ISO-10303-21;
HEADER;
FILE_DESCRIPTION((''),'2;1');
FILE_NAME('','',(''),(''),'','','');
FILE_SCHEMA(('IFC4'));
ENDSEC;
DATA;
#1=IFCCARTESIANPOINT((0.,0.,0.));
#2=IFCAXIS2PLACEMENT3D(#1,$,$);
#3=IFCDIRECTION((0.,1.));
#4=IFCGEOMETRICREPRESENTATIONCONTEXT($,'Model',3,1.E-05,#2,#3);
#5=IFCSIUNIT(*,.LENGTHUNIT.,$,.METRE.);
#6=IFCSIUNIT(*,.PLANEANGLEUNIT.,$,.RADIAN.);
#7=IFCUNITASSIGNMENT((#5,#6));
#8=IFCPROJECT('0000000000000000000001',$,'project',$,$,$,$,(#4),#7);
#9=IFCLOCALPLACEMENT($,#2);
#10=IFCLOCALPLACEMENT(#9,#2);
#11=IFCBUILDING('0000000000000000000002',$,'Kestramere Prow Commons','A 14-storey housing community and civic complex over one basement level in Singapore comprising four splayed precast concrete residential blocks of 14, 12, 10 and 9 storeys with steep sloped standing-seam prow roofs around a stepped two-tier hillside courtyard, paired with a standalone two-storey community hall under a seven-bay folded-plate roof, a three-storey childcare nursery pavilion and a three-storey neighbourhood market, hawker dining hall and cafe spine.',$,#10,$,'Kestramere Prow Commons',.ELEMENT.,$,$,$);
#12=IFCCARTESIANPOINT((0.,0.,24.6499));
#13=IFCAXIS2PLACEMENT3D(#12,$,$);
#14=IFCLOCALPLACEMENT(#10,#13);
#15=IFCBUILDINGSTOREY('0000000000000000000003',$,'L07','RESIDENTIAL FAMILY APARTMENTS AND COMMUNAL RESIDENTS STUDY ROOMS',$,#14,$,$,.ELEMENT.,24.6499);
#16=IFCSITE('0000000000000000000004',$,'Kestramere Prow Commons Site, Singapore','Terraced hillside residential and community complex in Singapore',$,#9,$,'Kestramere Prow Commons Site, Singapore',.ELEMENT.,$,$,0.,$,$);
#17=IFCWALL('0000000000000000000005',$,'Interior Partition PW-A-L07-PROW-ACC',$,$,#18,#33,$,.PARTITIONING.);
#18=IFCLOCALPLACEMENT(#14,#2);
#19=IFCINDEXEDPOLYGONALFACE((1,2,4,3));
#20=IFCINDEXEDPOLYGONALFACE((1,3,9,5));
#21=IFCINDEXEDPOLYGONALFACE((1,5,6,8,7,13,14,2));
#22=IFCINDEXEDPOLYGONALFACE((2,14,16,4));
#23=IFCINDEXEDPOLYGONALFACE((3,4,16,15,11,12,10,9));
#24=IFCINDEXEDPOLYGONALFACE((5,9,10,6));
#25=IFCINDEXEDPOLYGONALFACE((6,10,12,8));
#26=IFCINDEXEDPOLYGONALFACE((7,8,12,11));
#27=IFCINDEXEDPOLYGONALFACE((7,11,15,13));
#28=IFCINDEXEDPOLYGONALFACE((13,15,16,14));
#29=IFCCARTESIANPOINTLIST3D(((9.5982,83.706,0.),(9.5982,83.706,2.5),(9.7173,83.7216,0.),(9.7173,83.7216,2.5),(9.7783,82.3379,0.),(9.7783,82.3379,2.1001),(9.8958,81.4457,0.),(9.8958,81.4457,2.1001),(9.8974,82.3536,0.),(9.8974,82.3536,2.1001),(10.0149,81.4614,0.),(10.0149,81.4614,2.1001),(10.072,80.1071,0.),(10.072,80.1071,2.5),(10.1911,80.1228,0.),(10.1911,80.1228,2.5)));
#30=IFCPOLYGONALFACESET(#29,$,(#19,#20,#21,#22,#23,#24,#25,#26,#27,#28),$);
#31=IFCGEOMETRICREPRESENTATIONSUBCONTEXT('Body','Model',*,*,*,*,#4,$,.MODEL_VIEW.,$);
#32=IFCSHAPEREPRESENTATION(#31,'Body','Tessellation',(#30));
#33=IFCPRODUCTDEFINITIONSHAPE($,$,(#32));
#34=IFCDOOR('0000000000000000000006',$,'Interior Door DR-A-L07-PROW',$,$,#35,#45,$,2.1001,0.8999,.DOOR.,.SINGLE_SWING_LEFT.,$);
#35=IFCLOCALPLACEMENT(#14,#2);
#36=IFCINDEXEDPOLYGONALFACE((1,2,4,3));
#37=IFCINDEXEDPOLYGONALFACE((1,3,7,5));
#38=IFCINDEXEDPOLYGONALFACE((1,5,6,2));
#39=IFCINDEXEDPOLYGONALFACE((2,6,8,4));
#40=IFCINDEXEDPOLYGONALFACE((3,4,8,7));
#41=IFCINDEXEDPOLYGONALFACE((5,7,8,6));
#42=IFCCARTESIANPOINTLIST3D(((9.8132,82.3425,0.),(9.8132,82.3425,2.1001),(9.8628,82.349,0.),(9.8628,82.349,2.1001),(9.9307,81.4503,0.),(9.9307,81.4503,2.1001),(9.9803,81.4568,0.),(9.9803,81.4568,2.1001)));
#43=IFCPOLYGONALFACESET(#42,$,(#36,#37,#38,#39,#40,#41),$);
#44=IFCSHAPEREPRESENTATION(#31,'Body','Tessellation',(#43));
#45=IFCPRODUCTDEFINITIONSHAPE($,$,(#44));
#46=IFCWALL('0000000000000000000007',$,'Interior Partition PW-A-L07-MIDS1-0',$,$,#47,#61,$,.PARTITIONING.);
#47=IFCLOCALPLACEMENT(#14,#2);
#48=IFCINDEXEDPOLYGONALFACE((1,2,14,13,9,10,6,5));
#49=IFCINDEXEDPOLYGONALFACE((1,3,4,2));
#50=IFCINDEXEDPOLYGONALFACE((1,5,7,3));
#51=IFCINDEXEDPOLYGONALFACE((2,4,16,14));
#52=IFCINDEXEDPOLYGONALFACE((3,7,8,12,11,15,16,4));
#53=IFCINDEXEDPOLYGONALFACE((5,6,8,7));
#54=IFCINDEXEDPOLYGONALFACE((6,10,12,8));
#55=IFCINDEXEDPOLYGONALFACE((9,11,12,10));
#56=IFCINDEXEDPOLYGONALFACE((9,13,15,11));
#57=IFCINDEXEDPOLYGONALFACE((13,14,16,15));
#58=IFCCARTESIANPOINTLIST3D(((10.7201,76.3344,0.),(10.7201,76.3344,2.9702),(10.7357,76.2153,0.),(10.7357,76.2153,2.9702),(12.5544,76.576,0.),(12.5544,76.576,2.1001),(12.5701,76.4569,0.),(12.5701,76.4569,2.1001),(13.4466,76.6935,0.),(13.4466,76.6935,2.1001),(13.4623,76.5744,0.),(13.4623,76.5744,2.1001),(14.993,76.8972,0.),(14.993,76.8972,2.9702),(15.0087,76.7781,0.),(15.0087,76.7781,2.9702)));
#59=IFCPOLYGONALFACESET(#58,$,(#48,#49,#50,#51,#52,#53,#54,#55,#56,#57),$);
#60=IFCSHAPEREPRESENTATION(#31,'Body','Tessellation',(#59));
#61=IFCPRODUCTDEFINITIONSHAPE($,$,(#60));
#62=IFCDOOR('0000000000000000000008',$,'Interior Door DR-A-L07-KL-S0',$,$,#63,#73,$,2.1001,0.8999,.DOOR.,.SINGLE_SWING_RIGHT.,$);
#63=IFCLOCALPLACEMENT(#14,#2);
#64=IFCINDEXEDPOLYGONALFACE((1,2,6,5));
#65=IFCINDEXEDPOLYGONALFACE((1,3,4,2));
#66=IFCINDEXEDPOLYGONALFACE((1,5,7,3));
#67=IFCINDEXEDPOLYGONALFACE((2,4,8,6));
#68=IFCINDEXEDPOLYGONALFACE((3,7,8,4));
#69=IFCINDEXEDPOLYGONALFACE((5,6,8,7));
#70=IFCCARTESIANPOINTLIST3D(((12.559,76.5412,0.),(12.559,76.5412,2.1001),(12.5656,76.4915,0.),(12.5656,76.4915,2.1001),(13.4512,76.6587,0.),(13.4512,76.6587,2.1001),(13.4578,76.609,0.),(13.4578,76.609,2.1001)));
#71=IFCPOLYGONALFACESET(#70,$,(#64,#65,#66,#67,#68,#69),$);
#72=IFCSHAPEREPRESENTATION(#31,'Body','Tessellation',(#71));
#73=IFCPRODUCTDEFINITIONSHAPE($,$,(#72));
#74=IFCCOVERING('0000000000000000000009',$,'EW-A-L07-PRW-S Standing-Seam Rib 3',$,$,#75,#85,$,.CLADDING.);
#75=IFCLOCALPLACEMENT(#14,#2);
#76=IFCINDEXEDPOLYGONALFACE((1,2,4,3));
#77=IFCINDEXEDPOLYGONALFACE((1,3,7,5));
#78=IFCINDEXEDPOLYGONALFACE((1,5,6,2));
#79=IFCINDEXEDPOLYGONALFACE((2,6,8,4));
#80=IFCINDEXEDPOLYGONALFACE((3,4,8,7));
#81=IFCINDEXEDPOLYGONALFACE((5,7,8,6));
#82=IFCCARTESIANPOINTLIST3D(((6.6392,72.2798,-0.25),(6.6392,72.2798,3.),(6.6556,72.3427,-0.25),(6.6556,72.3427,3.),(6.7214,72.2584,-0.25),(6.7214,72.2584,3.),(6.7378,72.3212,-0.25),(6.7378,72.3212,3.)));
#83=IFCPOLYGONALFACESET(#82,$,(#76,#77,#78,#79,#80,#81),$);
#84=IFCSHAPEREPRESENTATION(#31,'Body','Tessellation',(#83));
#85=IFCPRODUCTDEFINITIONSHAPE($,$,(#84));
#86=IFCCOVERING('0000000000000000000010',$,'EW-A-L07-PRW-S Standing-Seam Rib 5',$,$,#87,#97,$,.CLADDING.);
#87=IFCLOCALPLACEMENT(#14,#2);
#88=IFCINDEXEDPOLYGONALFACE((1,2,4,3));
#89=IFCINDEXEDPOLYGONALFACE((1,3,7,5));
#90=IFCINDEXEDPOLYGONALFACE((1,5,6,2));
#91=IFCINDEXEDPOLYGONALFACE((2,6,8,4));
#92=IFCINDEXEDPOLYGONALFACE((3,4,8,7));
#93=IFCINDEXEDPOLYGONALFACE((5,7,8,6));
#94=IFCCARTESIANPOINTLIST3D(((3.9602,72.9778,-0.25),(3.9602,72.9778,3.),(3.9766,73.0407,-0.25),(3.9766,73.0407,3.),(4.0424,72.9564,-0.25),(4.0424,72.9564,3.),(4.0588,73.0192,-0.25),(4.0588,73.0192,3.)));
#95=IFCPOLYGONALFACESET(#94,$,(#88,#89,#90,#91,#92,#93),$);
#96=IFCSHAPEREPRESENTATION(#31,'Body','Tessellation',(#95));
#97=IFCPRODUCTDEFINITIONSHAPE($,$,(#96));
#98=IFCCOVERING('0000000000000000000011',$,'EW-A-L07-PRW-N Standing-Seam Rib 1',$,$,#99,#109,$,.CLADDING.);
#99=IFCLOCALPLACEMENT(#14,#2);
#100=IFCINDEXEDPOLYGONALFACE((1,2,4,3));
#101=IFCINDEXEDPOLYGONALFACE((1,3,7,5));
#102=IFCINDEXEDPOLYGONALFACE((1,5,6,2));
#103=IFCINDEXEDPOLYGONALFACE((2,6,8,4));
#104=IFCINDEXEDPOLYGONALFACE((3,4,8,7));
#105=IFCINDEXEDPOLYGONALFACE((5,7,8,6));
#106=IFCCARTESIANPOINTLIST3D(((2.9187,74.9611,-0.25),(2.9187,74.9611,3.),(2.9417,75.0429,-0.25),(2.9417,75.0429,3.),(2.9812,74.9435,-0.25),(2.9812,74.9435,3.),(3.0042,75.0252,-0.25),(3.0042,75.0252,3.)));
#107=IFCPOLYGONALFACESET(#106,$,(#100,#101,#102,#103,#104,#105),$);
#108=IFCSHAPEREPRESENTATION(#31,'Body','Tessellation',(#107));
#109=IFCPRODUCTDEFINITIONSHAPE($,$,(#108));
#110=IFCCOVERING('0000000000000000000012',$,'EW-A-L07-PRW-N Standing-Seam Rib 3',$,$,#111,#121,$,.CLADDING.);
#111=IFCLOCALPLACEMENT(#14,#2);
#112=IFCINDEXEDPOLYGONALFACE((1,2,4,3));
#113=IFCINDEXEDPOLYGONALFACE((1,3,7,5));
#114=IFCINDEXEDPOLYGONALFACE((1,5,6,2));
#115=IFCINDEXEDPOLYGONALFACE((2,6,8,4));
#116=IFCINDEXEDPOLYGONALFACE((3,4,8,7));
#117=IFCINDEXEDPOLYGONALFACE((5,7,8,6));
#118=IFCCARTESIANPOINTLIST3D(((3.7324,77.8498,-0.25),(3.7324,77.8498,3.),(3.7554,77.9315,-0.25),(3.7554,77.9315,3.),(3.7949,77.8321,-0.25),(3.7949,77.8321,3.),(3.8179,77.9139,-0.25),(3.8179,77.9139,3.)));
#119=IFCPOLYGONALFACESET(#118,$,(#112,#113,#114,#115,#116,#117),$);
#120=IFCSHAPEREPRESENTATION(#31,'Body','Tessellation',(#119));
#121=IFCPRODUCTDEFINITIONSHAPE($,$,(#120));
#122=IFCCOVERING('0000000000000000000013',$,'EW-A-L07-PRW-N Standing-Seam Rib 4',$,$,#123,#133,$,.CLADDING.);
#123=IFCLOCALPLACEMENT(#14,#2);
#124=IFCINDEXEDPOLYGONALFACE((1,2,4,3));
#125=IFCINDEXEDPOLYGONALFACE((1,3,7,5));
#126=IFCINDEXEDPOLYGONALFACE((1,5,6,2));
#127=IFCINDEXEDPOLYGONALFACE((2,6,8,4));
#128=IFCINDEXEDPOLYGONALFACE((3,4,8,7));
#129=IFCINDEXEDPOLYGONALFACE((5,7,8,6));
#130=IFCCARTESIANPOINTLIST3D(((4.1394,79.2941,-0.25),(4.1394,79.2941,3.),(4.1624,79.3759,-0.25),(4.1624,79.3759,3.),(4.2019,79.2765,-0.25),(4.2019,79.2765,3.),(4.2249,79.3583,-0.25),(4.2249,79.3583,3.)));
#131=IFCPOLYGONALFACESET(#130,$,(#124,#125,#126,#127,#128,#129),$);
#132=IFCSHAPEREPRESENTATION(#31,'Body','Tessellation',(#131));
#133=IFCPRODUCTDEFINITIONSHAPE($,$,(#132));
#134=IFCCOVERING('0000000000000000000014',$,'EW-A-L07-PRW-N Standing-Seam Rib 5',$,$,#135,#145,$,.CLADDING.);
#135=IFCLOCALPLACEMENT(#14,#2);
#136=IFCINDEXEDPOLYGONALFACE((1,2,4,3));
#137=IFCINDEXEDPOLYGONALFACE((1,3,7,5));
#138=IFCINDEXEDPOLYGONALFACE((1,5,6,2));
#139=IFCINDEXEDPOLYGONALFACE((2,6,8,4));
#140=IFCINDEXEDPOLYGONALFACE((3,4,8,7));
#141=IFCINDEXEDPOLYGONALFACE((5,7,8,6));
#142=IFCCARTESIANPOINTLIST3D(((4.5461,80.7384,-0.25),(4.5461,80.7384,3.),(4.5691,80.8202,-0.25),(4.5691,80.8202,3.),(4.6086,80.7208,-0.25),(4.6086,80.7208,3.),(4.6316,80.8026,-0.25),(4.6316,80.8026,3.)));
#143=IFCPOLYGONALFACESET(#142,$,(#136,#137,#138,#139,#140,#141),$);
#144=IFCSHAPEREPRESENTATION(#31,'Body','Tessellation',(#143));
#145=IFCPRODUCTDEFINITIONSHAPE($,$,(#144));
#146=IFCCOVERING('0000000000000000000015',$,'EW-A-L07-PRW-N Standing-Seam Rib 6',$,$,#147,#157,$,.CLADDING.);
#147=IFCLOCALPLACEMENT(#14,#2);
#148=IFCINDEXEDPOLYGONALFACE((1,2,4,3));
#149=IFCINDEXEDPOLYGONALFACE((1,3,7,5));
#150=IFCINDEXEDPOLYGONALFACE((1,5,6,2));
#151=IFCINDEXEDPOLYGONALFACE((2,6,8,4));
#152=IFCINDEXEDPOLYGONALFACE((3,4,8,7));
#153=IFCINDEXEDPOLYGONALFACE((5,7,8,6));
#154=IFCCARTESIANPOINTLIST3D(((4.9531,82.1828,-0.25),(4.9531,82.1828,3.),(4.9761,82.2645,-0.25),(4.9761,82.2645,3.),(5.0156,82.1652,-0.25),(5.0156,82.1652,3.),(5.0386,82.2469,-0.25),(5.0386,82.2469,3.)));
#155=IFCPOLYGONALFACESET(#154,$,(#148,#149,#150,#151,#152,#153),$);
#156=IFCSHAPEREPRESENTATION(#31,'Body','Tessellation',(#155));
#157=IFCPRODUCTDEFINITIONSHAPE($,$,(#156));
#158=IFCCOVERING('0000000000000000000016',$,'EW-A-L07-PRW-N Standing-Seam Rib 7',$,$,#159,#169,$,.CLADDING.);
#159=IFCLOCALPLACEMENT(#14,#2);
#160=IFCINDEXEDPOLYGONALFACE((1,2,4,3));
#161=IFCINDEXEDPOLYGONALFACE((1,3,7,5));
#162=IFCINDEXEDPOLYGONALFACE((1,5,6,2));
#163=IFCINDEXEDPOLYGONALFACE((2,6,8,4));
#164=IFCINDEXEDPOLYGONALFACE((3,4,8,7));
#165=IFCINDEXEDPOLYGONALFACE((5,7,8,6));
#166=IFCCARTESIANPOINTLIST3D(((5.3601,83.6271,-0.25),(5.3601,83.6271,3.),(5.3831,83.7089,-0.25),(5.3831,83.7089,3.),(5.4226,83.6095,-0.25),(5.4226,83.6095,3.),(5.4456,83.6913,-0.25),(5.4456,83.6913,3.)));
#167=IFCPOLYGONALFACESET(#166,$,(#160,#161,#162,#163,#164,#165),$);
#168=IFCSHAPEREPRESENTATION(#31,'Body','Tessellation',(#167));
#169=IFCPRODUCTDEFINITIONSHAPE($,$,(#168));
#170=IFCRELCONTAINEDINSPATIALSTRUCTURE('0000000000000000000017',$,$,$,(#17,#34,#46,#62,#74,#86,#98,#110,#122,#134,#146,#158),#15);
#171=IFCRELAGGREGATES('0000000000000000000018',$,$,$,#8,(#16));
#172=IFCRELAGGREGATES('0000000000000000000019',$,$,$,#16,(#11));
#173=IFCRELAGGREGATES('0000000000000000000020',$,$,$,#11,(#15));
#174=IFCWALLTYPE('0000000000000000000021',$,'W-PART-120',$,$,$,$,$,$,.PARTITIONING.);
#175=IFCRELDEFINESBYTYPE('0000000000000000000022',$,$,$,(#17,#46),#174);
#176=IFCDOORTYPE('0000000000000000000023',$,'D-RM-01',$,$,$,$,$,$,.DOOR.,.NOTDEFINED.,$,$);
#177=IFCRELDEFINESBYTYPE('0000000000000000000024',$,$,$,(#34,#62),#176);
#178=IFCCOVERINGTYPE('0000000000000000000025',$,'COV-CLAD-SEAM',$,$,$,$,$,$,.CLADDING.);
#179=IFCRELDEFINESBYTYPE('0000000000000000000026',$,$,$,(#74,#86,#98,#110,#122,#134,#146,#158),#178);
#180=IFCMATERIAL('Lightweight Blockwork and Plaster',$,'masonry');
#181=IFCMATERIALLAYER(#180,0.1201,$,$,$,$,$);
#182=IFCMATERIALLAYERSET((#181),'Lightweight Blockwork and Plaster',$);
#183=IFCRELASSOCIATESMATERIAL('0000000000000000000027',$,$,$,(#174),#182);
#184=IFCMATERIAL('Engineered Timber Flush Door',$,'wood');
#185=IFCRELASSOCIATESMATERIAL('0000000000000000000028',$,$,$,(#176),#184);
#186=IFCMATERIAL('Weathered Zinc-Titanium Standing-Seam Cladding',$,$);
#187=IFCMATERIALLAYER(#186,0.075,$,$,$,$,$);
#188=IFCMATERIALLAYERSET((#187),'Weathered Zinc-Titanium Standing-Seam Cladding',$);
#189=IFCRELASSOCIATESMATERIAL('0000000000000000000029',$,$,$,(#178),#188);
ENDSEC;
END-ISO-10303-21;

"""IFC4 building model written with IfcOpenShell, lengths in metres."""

from ifc_helpers import new_model, si_unit, direction, frame, frame_2d, origin, origin_2d, place, context, subcontext, project, spatial, rectangle, extrude, material, layer, layer_set, type_object, element, fill, save


model = new_model("IFC4")

# Units and contexts
model_context = context("Model", 3, precision=1e-05, world=origin(), true_north=direction((0.0, 1.0)))
body_context = subcontext(model_context, "Body", "Model", "MODEL_VIEW")
ifc_project = project(units=[si_unit("LENGTHUNIT", "METRE"), si_unit("PLANEANGLEUNIT", "RADIAN")], contexts=[model_context])

# Site, building, storey
site_placement = place(None, origin())
site = spatial("IfcSite", under=ifc_project, at=site_placement, Name="Kestramere Prow Commons Site, Singapore", Description="Terraced hillside residential and community complex in Singapore", LongName="Kestramere Prow Commons Site, Singapore", CompositionType="ELEMENT", RefElevation=0.0)
building_placement = place(site_placement, origin())
building = spatial("IfcBuilding", under=site, at=building_placement, Name="Kestramere Prow Commons", Description="A 14-storey housing community and civic complex over one basement level in Singapore comprising four splayed precast concrete residential blocks of 14, 12, 10 and 9 storeys with steep sloped standing-seam prow roofs around a stepped two-tier hillside courtyard, paired with a standalone two-storey community hall under a seven-bay folded-plate roof, a three-storey childcare nursery pavilion and a three-storey neighbourhood market, hawker dining hall and cafe spine.", LongName="Kestramere Prow Commons", CompositionType="ELEMENT")
storey_placement = place(building_placement, frame((0.0, 0.0, 24.6499)))
storey = spatial("IfcBuildingStorey", under=building, at=storey_placement, Name="L07", Description="RESIDENTIAL FAMILY APARTMENTS AND COMMUNAL RESIDENTS STUDY ROOMS", CompositionType="ELEMENT", Elevation=24.6499)

# Shared definitions
ifc_material_1 = material(Name="Weathered Zinc-Titanium Standing-Seam Cladding")

# Walls, openings, doors
ifc_material_2 = material(Name="Lightweight Blockwork and Plaster", Category="masonry")
ifc_layer_1 = layer(ifc_material_2, 0.1201)
ifc_layer_set_1 = layer_set([ifc_layer_1], Name="Lightweight Blockwork and Plaster")
wall_type_1 = type_object("IfcWallType", Name="W-PART-120", PredefinedType="PARTITIONING", material=ifc_layer_set_1)
wall_1_placement = place(storey_placement, frame((10.1316, 80.115, 0.0), z_axis=(0.0, 0.0, 1.0), x_axis=(-0.130547, 0.991442, 0.0)))
wall_1 = element("IfcWall", 1, at=wall_1_placement, inside=storey, type_object=wall_type_1, Name="Interior Partition PW-A-L07-PROW-ACC", PredefinedType="PARTITIONING", context=body_context, shape_type="SweptSolid", body=[
    extrude(rectangle(XDim=3.6299, YDim=0.1201, at=frame_2d((1.8149, 0.0))), origin(), (0.0, 0.0, 1.0), 2.5),
])
opening_1_placement = place(wall_1_placement, frame((1.3501, 0.0, 0.0)))
opening_1 = element("IfcOpeningElement", 2, at=opening_1_placement, cuts=wall_1, PredefinedType="OPENING", context=body_context, shape_type="SweptSolid", body=[
    extrude(rectangle(XDim=0.8999, YDim=2.1001, at=frame_2d((0.45, 1.05))), frame((0.0, 0.075, 0.0), z_axis=(0.0, -1.0, 0.0), x_axis=(1.0, 0.0, 0.0)), (0.0, 0.0, 1.0), 0.1501),
])
ifc_material_3 = material(Name="Engineered Timber Flush Door", Category="wood")
door_type_1 = type_object("IfcDoorType", Name="D-RM-01", OperationType="NOTDEFINED", PredefinedType="DOOR", material=ifc_material_3)
door_1_placement = place(opening_1_placement, origin())
door_1 = element("IfcDoor", 3, at=door_1_placement, inside=storey, type_object=door_type_1, Name="Interior Door DR-A-L07-PROW", OperationType="SINGLE_SWING_LEFT", OverallHeight=2.1001, OverallWidth=0.8999, PredefinedType="DOOR", context=body_context, shape_type="SweptSolid", body=[
    extrude(rectangle(XDim=0.8999, YDim=2.1001, at=frame_2d((0.45, 1.05))), frame((0.0, 0.0249, 0.0), z_axis=(0.0, -1.0, 0.0), x_axis=(1.0, 0.0, 0.0)), (0.0, 0.0, 1.0), 0.05),
])
fill(opening_1, door_1)
wall_2_placement = place(storey_placement, frame((10.728, 76.2749, 0.0), z_axis=(0.0, 0.0, 1.0), x_axis=(0.991439, 0.130572, 0.0)))
wall_2 = element("IfcWall", 4, at=wall_2_placement, inside=storey, type_object=wall_type_1, Name="Interior Partition PW-A-L07-MIDS1-0", PredefinedType="PARTITIONING", context=body_context, shape_type="SweptSolid", body=[
    extrude(rectangle(XDim=4.3098, YDim=0.1201, at=frame_2d((2.1548, 0.0))), origin(), (0.0, 0.0, 1.0), 2.9702),
])
opening_2_placement = place(wall_2_placement, frame((1.8501, 0.0, 0.0)))
opening_2 = element("IfcOpeningElement", 5, at=opening_2_placement, cuts=wall_2, PredefinedType="OPENING", context=body_context, shape_type="SweptSolid", body=[
    extrude(rectangle(XDim=0.8999, YDim=2.1001, at=frame_2d((0.45, 1.05))), frame((0.0, 0.075, 0.0), z_axis=(0.0, -1.0, 0.0), x_axis=(1.0, 0.0, 0.0)), (0.0, 0.0, 1.0), 0.1501),
])
door_2_placement = place(opening_2_placement, origin())
door_2 = element("IfcDoor", 6, at=door_2_placement, inside=storey, type_object=door_type_1, Name="Interior Door DR-A-L07-KL-S0", OperationType="SINGLE_SWING_RIGHT", OverallHeight=2.1001, OverallWidth=0.8999, PredefinedType="DOOR", context=body_context, shape_type="SweptSolid", body=[
    extrude(rectangle(XDim=0.8999, YDim=2.1001, at=frame_2d((0.45, 1.05))), frame((0.0, 0.0249, 0.0), z_axis=(0.0, -1.0, 0.0), x_axis=(1.0, 0.0, 0.0)), (0.0, 0.0, 1.0), 0.05),
])
fill(opening_2, door_2)

# Coverings
ifc_layer_2 = layer(ifc_material_1, 0.075)
ifc_layer_set_2 = layer_set([ifc_layer_2], Name="Weathered Zinc-Titanium Standing-Seam Cladding")
covering_type = type_object("IfcCoveringType", Name="COV-CLAD-SEAM", PredefinedType="CLADDING", material=ifc_layer_set_2)
for number, where, z_axis, x_axis, name in (
    (7, (6.6885, 72.3005, -0.25), (0.0, 0.0, 1.0), (-0.967698, 0.252112, 0.0), "EW-A-L07-PRW-S Standing-Seam Rib 3"),
    (8, (4.0095, 72.9985, -0.25), (0.0, 0.0, 1.0), (-0.967698, 0.252112, 0.0), "EW-A-L07-PRW-S Standing-Seam Rib 5"),
    (9, (2.9614, 74.9932, -0.25), (0.0, 0.0, 1.0), (0.27116, 0.962534, 0.0), "EW-A-L07-PRW-N Standing-Seam Rib 1"),
    (10, (3.7751, 77.8818, -0.25), (0.0, 0.0, 1.0), (0.27116, 0.962534, 0.0), "EW-A-L07-PRW-N Standing-Seam Rib 3"),
    (11, (4.1821, 79.3262, -0.25), (0.0, 0.0, 1.0), (0.27116, 0.962534, 0.0), "EW-A-L07-PRW-N Standing-Seam Rib 4"),
    (12, (4.5889, 80.7705, -0.25), (0.0, 0.0, 1.0), (0.27116, 0.962534, 0.0), "EW-A-L07-PRW-N Standing-Seam Rib 5"),
    (13, (4.9958, 82.2148, -0.25), (0.0, 0.0, 1.0), (0.27116, 0.962534, 0.0), "EW-A-L07-PRW-N Standing-Seam Rib 6"),
    (14, (5.4028, 83.6592, -0.25), (0.0, 0.0, 1.0), (0.27116, 0.962534, 0.0), "EW-A-L07-PRW-N Standing-Seam Rib 7"),
):
    element("IfcCovering", number, at=place(storey_placement, frame(where, z_axis=z_axis, x_axis=x_axis)), inside=storey, type_object=covering_type, Name=name, PredefinedType="CLADDING", context=body_context, shape_type="SweptSolid", body=[
        extrude(rectangle(XDim=0.085, YDim=0.0649, at=origin_2d()), origin(), (0.0, 0.0, 1.0), 3.25),
    ])

save(model, "model.ifc")
